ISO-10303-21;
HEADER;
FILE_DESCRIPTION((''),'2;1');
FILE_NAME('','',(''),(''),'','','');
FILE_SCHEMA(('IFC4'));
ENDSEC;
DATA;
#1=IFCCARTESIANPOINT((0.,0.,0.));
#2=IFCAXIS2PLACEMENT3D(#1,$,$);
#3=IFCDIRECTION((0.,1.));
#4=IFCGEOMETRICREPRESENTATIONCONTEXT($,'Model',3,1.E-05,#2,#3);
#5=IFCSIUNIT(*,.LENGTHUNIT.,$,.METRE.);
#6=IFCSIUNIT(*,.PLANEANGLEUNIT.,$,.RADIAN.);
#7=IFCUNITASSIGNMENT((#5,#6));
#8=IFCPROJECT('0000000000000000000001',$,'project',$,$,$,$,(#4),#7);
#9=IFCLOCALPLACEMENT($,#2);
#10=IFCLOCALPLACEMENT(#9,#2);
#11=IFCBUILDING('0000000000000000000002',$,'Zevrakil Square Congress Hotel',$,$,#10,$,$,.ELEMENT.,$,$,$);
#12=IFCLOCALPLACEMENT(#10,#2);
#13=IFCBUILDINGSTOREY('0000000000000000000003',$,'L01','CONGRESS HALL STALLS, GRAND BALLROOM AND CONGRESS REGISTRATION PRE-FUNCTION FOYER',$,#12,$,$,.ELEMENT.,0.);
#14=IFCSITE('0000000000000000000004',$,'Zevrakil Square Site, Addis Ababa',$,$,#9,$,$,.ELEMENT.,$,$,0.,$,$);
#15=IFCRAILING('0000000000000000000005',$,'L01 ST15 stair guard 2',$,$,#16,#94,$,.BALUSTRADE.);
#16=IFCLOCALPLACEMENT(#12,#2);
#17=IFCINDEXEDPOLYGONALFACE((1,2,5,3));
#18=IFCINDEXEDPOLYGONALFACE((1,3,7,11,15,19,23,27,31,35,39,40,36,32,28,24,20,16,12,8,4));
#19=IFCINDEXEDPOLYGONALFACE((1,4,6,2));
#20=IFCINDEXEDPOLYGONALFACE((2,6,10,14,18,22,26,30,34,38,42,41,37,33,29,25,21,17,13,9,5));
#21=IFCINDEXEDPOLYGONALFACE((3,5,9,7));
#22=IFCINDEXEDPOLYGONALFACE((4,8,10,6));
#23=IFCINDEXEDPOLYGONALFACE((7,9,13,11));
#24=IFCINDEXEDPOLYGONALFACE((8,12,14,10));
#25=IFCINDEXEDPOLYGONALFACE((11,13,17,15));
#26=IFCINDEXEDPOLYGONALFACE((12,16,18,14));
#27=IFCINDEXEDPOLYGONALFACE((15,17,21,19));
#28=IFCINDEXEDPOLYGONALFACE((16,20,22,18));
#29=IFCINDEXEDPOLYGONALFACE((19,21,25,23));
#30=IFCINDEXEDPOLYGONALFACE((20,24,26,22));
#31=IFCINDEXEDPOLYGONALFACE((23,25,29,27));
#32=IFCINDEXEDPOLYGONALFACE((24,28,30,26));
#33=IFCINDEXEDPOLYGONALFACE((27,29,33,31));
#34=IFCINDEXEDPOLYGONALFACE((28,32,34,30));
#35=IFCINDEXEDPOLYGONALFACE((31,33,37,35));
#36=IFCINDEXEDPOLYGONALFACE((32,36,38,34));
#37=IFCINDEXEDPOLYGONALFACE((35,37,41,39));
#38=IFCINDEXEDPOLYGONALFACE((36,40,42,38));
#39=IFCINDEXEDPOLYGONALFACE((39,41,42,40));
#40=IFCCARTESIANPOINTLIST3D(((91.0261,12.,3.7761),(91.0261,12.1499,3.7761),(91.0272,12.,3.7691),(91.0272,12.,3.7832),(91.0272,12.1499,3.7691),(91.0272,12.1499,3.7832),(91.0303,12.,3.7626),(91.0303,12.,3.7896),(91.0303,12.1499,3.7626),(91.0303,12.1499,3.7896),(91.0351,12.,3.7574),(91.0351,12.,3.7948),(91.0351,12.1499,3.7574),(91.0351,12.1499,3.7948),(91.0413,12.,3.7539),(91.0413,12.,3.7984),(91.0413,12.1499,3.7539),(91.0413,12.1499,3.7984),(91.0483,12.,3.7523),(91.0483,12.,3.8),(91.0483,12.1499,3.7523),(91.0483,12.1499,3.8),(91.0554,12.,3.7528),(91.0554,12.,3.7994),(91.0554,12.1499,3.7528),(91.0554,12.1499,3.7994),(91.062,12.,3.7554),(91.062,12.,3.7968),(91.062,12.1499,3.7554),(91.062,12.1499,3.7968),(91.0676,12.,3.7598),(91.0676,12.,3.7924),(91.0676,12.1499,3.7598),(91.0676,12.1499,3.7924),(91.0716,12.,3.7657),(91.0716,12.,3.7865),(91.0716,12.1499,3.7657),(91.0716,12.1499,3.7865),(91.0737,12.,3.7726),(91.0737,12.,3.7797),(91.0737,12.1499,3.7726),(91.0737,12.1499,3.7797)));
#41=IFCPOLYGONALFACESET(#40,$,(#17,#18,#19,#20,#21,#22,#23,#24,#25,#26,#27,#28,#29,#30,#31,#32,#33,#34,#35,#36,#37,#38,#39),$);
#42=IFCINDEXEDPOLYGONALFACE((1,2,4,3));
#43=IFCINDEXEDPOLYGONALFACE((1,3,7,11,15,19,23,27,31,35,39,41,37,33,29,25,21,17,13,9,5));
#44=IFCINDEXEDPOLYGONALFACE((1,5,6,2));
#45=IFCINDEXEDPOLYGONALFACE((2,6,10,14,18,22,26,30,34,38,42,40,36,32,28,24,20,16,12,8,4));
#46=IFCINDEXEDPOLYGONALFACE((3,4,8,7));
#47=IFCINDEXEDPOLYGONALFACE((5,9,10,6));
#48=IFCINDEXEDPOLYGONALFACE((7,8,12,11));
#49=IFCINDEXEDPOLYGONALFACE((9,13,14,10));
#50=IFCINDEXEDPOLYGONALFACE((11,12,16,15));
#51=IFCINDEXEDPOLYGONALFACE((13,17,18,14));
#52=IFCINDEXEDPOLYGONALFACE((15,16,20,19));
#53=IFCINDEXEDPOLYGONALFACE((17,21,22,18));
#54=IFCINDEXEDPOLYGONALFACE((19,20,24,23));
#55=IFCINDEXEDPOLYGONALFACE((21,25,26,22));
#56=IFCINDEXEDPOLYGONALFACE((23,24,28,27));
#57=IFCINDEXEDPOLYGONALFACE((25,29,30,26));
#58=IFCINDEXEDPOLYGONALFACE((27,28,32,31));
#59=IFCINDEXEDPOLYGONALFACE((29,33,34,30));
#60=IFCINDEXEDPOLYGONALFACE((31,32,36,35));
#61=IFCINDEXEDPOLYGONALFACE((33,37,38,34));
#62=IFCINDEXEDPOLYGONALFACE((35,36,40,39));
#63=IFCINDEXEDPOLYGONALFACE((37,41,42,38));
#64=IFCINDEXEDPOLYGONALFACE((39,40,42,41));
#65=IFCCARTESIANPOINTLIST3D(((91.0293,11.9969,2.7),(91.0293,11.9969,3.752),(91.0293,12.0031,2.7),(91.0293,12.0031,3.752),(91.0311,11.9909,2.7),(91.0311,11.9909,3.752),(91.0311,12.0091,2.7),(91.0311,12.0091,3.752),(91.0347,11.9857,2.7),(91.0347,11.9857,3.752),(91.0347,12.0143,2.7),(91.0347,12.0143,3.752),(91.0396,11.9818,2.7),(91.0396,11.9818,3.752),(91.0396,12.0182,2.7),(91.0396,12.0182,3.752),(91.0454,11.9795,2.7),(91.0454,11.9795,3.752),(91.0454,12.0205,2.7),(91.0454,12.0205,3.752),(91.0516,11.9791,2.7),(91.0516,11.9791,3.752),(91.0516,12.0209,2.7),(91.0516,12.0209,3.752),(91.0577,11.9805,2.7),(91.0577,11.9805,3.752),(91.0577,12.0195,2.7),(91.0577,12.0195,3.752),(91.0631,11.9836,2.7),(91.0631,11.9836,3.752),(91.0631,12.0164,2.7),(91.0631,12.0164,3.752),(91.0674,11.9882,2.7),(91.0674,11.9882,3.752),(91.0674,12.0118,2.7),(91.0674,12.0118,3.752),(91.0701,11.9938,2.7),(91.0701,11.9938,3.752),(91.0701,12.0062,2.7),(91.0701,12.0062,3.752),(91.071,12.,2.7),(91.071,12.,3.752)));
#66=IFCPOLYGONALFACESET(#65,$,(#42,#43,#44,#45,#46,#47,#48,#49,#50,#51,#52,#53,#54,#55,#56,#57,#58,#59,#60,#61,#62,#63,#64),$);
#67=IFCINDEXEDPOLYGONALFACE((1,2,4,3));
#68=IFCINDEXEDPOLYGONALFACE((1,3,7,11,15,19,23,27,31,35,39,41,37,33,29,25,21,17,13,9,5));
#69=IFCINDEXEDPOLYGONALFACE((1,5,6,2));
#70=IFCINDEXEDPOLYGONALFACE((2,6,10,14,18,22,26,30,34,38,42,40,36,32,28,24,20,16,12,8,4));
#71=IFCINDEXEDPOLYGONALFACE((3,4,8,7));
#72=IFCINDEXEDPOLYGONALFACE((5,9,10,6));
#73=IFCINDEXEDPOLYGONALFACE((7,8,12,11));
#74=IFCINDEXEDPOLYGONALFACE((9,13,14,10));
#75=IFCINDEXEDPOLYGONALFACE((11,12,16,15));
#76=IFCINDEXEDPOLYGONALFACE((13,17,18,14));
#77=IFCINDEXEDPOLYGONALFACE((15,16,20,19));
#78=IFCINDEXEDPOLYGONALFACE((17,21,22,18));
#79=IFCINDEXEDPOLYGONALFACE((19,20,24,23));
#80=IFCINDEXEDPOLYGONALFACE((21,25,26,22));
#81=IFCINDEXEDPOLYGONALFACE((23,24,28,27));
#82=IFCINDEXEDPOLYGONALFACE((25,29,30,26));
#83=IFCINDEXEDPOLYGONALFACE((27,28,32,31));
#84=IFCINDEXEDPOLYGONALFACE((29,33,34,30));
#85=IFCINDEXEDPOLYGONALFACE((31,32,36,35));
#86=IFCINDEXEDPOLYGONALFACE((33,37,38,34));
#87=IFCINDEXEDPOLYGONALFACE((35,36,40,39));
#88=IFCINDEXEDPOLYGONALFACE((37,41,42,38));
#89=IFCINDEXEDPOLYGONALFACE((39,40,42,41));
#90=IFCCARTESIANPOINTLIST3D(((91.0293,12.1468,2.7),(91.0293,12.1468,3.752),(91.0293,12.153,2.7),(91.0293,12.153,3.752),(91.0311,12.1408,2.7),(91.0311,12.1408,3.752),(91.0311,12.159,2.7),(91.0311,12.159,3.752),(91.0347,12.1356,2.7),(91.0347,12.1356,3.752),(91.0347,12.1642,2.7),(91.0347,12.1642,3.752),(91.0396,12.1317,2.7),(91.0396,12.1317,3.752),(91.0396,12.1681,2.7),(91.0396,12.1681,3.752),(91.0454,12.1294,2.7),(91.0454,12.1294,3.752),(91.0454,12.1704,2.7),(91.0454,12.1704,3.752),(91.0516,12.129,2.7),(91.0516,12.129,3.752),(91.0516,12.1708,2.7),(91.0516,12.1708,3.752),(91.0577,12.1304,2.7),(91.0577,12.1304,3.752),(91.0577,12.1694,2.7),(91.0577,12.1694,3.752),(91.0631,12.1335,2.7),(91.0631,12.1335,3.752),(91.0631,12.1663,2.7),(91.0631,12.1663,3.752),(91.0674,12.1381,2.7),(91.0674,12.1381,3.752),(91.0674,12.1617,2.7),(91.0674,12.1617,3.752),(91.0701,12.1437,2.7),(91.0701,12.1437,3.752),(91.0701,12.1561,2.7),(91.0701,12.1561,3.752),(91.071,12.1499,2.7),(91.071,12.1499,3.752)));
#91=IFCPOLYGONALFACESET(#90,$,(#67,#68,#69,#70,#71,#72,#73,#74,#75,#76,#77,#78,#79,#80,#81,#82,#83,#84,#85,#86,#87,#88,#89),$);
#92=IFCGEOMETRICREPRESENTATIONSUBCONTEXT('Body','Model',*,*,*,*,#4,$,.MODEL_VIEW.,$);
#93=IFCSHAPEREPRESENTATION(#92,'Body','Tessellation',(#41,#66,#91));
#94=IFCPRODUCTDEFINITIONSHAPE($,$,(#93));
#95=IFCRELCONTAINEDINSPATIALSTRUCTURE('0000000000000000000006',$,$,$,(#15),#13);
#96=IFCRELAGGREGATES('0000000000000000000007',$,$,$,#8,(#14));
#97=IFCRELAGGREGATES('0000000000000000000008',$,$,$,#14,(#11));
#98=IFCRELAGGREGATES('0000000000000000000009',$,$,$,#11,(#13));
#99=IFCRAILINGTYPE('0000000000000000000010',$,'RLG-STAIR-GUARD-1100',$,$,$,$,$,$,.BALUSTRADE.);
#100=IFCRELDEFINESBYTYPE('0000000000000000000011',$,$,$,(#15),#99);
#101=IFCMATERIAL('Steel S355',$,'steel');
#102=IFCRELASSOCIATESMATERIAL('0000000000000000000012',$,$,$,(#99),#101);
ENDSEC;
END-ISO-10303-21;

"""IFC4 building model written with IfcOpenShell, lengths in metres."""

from ifc_helpers import new_model, si_unit, direction, frame, origin, origin_2d, place, context, subcontext, project, spatial, circle, extrude, material, type_object, element, save


model = new_model("IFC4")

# Units and contexts
model_context = context("Model", 3, precision=1e-05, world=origin(), true_north=direction((0.0, 1.0)))
body_context = subcontext(model_context, "Body", "Model", "MODEL_VIEW")
ifc_project = project(units=[si_unit("LENGTHUNIT", "METRE"), si_unit("PLANEANGLEUNIT", "RADIAN")], contexts=[model_context])

# Site, building, storey
site_placement = place(None, origin())
site = spatial("IfcSite", under=ifc_project, at=site_placement, Name="Zevrakil Square Site, Addis Ababa", CompositionType="ELEMENT", RefElevation=0.0)
building_placement = place(site_placement, origin())
building = spatial("IfcBuilding", under=site, at=building_placement, Name="Zevrakil Square Congress Hotel", CompositionType="ELEMENT")
storey_placement = place(building_placement, origin())
storey = spatial("IfcBuildingStorey", under=building, at=storey_placement, Name="L01", Description="CONGRESS HALL STALLS, GRAND BALLROOM AND CONGRESS REGISTRATION PRE-FUNCTION FOYER", CompositionType="ELEMENT", Elevation=0.0)

# Railing
ifc_material_1 = material(Name="Steel S355", Category="steel")
railing_type_1 = type_object("IfcRailingType", Name="RLG-STAIR-GUARD-1100", PredefinedType="BALUSTRADE", material=ifc_material_1)
railing_1_placement = place(storey_placement, frame((91.05, 12.0, 2.7)))
element("IfcRailing", 1, at=railing_1_placement, inside=storey, type_object=railing_type_1, Name="L01 ST15 stair guard 2", PredefinedType="BALUSTRADE", context=body_context, shape_type="SweptSolid", body=[
    extrude(circle(Radius=0.0239, at=origin_2d()), frame((0.0, 0.0, 1.0762), z_axis=(0.0, 1.0, 0.0), x_axis=(-1.0, 0.0, 0.0)), (0.0, 0.0, 1.0), 0.1499),
    extrude(circle(Radius=0.021, at=origin_2d()), origin(), (0.0, 0.0, 1.0), 1.052),
    extrude(circle(Radius=0.021, at=origin_2d()), frame((0.0, 0.1499, 0.0)), (0.0, 0.0, 1.0), 1.052),
])

save(model, "model.ifc")
